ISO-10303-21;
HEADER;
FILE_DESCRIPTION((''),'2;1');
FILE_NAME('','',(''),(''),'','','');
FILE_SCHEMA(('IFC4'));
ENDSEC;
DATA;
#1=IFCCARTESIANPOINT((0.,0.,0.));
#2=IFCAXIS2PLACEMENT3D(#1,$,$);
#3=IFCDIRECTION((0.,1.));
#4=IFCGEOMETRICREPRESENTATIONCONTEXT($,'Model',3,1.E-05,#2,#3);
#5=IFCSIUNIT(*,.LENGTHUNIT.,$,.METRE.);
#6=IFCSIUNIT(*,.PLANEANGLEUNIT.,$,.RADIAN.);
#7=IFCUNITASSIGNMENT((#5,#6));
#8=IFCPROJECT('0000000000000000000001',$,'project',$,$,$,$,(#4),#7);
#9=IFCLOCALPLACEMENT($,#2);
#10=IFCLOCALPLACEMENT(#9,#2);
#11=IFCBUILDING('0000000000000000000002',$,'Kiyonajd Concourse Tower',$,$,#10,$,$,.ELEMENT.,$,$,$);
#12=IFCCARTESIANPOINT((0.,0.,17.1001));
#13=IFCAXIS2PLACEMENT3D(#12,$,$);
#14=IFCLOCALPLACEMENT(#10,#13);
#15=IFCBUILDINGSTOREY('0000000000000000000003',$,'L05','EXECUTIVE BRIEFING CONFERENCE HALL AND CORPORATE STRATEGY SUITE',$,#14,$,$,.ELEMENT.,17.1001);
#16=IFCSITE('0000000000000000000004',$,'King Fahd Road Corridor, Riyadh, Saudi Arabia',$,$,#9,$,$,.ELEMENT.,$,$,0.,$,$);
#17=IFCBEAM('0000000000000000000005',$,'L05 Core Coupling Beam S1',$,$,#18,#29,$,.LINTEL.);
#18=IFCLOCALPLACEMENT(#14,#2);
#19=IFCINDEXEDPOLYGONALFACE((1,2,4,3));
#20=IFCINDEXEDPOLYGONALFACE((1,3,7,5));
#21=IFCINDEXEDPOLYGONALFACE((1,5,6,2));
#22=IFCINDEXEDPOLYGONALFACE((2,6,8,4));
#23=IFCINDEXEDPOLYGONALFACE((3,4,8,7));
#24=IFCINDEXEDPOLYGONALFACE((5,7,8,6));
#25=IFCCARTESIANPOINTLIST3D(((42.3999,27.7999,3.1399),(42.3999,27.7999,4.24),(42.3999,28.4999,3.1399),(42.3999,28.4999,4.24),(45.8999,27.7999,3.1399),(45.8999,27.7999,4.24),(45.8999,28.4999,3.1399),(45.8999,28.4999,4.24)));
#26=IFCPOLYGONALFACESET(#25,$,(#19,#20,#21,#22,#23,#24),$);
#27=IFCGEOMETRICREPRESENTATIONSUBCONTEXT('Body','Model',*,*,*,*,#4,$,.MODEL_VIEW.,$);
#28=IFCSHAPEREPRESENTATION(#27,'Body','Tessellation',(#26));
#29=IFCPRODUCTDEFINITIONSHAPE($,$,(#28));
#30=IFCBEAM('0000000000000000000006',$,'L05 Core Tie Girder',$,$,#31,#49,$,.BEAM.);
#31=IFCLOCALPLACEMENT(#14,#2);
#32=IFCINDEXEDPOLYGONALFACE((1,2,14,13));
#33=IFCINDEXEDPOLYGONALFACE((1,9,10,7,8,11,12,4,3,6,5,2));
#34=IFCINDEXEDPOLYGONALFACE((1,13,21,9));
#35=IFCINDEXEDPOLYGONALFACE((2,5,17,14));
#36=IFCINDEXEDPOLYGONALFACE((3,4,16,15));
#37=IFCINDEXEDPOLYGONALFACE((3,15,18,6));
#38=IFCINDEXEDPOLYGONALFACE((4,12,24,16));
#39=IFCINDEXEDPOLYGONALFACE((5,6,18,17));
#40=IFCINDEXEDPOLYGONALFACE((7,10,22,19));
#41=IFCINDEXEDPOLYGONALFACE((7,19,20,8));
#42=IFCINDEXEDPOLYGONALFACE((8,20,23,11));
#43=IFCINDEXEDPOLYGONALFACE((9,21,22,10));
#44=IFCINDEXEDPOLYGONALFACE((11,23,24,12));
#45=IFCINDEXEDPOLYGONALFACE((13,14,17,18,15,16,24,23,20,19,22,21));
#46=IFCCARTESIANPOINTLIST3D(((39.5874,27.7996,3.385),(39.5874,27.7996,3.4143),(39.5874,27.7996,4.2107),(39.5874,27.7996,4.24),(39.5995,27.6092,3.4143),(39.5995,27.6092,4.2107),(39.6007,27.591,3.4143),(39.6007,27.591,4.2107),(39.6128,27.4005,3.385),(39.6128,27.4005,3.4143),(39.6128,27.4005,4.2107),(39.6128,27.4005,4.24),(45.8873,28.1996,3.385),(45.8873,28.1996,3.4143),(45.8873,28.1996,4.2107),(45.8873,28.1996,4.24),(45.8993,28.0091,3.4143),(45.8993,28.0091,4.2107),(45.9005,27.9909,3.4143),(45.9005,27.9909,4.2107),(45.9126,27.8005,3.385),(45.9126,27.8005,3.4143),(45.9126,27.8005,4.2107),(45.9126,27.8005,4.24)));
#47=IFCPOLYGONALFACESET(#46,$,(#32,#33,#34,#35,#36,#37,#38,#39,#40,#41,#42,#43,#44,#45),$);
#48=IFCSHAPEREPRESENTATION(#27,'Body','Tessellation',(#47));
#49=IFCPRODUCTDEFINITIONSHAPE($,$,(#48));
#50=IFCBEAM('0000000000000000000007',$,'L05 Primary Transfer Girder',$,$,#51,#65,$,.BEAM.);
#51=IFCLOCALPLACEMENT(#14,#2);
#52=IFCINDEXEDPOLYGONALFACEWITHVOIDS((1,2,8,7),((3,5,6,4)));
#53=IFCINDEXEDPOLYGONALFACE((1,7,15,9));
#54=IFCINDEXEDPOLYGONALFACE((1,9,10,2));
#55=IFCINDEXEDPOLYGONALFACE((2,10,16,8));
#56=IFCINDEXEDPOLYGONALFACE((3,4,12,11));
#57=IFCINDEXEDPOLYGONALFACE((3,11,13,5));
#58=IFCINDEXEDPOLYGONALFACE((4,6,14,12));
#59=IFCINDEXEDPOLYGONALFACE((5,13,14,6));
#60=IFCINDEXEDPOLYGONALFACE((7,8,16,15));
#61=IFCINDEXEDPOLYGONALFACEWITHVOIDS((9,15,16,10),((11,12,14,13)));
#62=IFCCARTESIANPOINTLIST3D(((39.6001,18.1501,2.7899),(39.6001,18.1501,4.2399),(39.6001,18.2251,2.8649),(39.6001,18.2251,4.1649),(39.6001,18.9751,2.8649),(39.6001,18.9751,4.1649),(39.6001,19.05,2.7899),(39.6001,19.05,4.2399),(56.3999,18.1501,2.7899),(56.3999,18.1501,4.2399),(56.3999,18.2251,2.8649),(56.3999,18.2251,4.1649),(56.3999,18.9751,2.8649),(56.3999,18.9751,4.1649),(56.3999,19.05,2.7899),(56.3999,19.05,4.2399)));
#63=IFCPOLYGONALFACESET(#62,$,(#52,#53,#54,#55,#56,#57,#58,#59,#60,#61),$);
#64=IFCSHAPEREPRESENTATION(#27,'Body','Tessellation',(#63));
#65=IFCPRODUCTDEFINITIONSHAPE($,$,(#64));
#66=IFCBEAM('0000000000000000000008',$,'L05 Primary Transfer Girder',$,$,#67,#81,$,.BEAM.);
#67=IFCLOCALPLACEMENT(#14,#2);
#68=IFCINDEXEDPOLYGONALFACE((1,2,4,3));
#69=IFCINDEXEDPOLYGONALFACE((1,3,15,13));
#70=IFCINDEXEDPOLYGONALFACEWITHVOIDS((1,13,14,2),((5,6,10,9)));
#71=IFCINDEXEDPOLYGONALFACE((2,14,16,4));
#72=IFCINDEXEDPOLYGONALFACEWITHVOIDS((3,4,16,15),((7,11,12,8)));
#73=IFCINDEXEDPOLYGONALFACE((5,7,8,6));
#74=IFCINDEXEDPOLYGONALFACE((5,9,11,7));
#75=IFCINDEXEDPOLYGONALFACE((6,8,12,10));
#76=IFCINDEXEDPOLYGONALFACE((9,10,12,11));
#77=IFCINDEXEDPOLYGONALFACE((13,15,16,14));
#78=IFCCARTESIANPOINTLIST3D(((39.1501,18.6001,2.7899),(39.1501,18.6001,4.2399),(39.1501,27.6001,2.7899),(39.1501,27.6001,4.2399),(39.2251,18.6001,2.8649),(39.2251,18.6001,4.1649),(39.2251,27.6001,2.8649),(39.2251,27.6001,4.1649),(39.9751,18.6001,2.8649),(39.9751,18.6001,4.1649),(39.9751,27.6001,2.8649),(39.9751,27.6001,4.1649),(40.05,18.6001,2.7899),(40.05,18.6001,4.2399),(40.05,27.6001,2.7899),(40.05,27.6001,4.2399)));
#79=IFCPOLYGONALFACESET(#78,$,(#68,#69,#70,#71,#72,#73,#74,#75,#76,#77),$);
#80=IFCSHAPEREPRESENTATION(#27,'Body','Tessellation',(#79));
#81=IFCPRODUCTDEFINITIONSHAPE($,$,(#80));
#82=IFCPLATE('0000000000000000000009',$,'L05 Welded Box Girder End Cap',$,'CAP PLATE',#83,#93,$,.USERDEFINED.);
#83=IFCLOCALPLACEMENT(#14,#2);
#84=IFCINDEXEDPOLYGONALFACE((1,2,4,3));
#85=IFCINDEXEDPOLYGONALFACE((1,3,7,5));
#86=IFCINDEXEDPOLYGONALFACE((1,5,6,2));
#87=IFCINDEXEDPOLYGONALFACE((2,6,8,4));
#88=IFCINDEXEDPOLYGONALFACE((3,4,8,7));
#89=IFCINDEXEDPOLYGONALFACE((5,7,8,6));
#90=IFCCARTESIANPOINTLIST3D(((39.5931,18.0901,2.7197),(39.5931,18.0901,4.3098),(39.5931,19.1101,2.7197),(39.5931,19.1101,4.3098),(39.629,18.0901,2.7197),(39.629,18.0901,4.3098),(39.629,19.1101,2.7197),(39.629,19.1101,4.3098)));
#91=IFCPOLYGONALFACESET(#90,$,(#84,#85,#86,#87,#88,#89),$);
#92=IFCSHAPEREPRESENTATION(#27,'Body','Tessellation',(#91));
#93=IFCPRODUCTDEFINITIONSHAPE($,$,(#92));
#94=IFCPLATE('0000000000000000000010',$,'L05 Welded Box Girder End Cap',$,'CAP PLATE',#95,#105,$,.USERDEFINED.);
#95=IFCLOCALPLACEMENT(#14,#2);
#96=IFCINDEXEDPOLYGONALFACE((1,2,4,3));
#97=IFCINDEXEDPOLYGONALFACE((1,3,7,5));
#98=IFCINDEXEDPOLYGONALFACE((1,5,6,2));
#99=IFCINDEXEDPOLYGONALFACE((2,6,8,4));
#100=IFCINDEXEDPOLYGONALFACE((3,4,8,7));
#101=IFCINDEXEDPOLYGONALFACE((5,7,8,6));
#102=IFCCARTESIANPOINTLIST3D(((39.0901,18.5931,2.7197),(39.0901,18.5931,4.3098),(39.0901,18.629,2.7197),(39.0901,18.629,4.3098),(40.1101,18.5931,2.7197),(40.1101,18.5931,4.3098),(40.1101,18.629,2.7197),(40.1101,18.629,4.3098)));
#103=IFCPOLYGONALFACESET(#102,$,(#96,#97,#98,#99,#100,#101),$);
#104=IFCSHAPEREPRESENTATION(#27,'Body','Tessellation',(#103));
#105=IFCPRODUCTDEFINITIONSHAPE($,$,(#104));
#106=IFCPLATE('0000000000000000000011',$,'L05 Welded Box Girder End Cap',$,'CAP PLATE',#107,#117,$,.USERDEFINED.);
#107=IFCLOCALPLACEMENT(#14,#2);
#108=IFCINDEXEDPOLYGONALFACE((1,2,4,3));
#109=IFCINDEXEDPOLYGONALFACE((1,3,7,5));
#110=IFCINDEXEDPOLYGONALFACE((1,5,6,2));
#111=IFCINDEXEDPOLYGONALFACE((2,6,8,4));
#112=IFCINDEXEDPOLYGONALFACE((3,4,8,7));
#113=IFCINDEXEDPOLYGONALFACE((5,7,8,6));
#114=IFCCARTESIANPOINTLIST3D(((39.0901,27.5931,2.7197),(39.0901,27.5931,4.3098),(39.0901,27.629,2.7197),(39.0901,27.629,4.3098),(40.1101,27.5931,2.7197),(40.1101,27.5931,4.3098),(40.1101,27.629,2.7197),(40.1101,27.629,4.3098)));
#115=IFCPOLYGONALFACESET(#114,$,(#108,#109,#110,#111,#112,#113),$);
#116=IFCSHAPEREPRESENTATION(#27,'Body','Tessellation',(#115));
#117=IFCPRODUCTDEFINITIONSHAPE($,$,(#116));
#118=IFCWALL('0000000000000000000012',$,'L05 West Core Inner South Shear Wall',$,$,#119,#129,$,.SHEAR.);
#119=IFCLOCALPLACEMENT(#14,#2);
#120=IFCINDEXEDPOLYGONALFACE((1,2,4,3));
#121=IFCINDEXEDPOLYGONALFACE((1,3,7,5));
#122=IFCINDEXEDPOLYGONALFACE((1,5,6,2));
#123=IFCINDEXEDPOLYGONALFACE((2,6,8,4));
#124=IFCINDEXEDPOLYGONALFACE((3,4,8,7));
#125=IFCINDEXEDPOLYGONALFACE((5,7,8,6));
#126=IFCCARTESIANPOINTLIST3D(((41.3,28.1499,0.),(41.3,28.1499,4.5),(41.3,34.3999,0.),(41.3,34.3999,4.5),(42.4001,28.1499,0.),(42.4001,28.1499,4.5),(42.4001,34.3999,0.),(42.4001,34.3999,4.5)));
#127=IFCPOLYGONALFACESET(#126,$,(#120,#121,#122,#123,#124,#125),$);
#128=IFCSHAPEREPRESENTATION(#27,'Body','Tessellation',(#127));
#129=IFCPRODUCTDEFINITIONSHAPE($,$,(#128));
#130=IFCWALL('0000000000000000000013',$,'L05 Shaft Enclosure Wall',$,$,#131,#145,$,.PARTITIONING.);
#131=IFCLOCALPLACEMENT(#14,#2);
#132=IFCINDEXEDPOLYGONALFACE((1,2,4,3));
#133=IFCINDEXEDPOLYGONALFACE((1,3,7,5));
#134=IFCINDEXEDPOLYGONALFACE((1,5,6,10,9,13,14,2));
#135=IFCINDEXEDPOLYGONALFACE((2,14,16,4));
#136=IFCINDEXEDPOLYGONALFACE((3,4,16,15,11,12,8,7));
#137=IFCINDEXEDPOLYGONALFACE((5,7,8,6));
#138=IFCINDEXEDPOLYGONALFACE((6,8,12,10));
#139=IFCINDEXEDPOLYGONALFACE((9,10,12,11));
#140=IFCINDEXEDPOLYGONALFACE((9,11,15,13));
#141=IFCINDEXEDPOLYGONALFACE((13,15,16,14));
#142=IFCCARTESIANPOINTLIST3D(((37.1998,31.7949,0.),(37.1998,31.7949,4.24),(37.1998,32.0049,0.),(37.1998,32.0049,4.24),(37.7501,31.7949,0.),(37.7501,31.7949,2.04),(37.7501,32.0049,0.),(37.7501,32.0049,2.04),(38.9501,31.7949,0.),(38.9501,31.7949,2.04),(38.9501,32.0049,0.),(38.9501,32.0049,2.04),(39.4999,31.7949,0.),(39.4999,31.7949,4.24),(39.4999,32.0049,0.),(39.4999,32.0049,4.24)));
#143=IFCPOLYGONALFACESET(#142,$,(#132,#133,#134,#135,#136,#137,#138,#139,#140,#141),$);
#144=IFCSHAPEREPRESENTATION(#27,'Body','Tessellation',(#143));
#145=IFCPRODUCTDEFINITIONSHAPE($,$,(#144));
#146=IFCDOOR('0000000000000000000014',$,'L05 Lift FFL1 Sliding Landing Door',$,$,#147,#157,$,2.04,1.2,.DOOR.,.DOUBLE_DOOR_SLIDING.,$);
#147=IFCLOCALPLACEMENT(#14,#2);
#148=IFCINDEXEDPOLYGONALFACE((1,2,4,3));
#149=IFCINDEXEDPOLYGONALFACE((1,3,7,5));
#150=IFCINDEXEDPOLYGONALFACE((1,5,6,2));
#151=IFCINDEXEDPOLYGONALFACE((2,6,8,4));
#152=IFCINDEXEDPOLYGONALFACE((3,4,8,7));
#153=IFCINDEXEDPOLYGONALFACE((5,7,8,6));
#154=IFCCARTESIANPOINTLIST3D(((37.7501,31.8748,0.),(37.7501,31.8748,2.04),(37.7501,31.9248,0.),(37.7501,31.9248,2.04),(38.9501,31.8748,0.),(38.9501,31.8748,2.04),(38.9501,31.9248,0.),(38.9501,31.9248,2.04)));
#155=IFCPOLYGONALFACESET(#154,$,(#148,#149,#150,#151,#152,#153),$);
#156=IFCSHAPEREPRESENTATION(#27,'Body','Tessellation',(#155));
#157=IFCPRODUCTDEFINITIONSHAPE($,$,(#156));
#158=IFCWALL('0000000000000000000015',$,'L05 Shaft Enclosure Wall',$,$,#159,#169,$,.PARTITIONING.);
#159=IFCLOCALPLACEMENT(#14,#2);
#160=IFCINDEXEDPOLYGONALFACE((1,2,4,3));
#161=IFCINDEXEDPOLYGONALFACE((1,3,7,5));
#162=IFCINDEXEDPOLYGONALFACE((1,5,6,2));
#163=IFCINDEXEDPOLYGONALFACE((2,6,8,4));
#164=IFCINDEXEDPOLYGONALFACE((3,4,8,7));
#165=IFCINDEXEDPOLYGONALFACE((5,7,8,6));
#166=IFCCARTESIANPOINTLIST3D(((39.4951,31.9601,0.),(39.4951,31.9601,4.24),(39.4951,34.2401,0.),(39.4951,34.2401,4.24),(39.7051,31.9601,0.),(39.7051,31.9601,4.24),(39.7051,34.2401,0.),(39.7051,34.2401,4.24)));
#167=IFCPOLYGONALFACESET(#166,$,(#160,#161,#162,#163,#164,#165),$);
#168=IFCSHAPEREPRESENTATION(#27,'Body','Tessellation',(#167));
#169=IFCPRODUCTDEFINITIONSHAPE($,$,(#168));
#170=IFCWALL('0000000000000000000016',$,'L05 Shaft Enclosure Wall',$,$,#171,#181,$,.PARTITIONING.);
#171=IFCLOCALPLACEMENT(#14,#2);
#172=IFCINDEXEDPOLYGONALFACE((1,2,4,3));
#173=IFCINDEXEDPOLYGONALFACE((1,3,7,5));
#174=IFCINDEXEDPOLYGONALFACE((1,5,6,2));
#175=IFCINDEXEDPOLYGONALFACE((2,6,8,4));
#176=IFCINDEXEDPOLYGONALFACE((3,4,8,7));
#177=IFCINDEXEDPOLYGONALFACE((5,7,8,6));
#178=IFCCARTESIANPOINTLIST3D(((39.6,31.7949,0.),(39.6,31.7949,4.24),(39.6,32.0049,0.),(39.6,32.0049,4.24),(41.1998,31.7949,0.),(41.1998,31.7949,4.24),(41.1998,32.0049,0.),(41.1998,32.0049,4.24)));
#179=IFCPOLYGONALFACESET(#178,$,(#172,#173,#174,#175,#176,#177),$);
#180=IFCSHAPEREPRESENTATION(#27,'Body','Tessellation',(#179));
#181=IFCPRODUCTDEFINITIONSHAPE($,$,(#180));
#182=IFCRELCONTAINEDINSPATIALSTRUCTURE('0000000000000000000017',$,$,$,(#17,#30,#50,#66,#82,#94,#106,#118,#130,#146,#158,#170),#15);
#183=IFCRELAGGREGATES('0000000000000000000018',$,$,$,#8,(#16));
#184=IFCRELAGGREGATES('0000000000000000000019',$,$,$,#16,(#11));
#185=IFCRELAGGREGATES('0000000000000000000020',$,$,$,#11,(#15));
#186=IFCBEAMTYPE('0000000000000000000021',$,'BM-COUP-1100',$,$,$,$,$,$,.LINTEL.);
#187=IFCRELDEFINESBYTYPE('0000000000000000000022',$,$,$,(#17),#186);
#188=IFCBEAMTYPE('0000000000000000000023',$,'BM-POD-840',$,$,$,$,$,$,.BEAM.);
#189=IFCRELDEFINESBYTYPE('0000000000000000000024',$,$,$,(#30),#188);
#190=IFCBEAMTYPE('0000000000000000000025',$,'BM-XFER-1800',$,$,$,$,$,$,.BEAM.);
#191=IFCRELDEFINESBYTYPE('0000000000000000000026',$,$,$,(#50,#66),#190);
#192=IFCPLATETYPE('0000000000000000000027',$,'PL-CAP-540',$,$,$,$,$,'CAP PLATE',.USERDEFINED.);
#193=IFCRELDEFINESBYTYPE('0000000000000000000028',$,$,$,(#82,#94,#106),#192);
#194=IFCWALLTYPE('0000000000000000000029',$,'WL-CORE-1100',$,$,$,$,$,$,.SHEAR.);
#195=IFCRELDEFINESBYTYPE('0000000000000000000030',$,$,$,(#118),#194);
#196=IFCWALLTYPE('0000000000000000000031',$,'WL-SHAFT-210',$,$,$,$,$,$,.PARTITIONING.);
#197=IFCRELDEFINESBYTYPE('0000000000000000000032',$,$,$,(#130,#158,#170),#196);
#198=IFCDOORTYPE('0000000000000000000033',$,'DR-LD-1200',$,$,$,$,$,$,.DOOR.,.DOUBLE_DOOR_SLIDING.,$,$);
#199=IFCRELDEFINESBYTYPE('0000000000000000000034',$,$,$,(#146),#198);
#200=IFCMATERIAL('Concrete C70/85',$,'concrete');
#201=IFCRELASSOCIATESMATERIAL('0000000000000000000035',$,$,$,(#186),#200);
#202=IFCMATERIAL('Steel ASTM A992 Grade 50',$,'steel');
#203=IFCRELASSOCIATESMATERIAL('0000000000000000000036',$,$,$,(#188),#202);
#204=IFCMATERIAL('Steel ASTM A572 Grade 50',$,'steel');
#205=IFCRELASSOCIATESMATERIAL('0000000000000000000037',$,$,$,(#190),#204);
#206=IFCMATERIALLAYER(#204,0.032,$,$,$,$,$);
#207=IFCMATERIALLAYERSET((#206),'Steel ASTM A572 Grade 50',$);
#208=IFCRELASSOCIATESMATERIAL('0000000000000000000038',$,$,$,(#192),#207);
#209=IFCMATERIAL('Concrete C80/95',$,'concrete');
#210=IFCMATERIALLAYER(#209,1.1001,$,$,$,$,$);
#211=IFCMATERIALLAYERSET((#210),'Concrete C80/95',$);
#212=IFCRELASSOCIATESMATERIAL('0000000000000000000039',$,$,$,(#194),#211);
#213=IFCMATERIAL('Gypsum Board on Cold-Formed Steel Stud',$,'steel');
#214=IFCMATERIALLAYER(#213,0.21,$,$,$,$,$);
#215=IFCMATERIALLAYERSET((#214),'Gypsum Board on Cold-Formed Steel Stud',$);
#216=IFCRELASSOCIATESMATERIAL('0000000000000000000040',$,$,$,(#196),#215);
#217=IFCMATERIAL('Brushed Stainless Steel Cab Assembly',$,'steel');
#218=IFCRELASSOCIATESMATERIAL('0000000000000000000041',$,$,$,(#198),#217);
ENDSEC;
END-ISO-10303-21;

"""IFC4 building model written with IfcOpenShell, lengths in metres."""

from ifc_helpers import new_model, si_unit, direction, frame, frame_2d, origin, origin_2d, place, context, subcontext, project, spatial, rectangle, hollow_rectangle, i_section, extrude, material, layer, layer_set, material_profile, profile_set, type_object, element, fill, save


model = new_model("IFC4")

# Units and contexts
model_context = context("Model", 3, precision=1e-05, world=origin(), true_north=direction((0.0, 1.0)))
body_context = subcontext(model_context, "Body", "Model", "MODEL_VIEW")
ifc_project = project(units=[si_unit("LENGTHUNIT", "METRE"), si_unit("PLANEANGLEUNIT", "RADIAN")], contexts=[model_context])

# Site, building, storey
site_placement = place(None, origin())
site = spatial("IfcSite", under=ifc_project, at=site_placement, Name="King Fahd Road Corridor, Riyadh, Saudi Arabia", CompositionType="ELEMENT", RefElevation=0.0)
building_placement = place(site_placement, origin())
building = spatial("IfcBuilding", under=site, at=building_placement, Name="Kiyonajd Concourse Tower", CompositionType="ELEMENT")
storey_placement = place(building_placement, frame((0.0, 0.0, 17.1001)))
storey = spatial("IfcBuildingStorey", under=building, at=storey_placement, Name="L05", Description="EXECUTIVE BRIEFING CONFERENCE HALL AND CORPORATE STRATEGY SUITE", CompositionType="ELEMENT", Elevation=17.1001)

# Beams
ifc_material_1 = material(Name="Concrete C70/85", Category="concrete")
ifc_material_profile_1 = material_profile(ifc_material_1, rectangle(XDim=0.7, YDim=1.1001, at=origin_2d()), Name="RCBM-700x1100")
ifc_profile_set_1 = profile_set([ifc_material_profile_1], Name="Concrete C70/85")
beam_type_1 = type_object("IfcBeamType", Name="BM-COUP-1100", PredefinedType="LINTEL", material=ifc_profile_set_1)
beam_1_placement = place(storey_placement, frame((42.3999, 28.1499, 3.6899), z_axis=(1.0, 0.0, 0.0), x_axis=(0.0, 1.0, 0.0)))
element("IfcBeam", 1, at=beam_1_placement, inside=storey, type_object=beam_type_1, Name="L05 Core Coupling Beam S1", PredefinedType="LINTEL", context=body_context, shape_type="SweptSolid", body=[
    extrude(rectangle(XDim=0.7, YDim=1.1001, at=origin_2d()), origin(), (0.0, 0.0, 1.0), 3.5),
])
ifc_material_2 = material(Name="Steel ASTM A992 Grade 50", Category="steel")
ifc_material_profile_2 = material_profile(ifc_material_2, i_section(OverallWidth=0.3999, OverallDepth=0.855, WebThickness=0.0183, FlangeThickness=0.0293, at=origin_2d()), Name="W840X299")
ifc_profile_set_2 = profile_set([ifc_material_profile_2], Name="Steel ASTM A992 Grade 50")
beam_type_2 = type_object("IfcBeamType", Name="BM-POD-840", PredefinedType="BEAM", material=ifc_profile_set_2)
beam_2_placement = place(storey_placement, frame((39.6001, 27.6001, 3.8125), z_axis=(0.997991, 0.063351, 0.0), x_axis=(-0.063351, 0.997991, 0.0)))
element("IfcBeam", 2, at=beam_2_placement, inside=storey, type_object=beam_type_2, Name="L05 Core Tie Girder", PredefinedType="BEAM", context=body_context, shape_type="SweptSolid", body=[
    extrude(i_section(OverallWidth=0.3999, OverallDepth=0.855, WebThickness=0.0183, FlangeThickness=0.0293, at=origin_2d()), origin(), (0.0, 0.0, 1.0), 6.3125),
])
ifc_material_3 = material(Name="Steel ASTM A572 Grade 50", Category="steel")
ifc_material_profile_3 = material_profile(ifc_material_3, hollow_rectangle(XDim=0.8999, YDim=1.45, WallThickness=0.075, at=origin_2d()), Name="BOX-1450x900x75")
ifc_profile_set_3 = profile_set([ifc_material_profile_3], Name="Steel ASTM A572 Grade 50")
beam_type_3 = type_object("IfcBeamType", Name="BM-XFER-1800", PredefinedType="BEAM", material=ifc_profile_set_3)
beam_3_placement = place(storey_placement, frame((39.6001, 18.6001, 3.5149), z_axis=(1.0, 0.0, 0.0), x_axis=(0.0, 1.0, 0.0)))
element("IfcBeam", 3, at=beam_3_placement, inside=storey, type_object=beam_type_3, Name="L05 Primary Transfer Girder", PredefinedType="BEAM", context=body_context, shape_type="SweptSolid", body=[
    extrude(hollow_rectangle(XDim=0.8999, YDim=1.45, WallThickness=0.075, at=origin_2d()), origin(), (0.0, 0.0, 1.0), 16.7998),
])
beam_4_placement = place(storey_placement, frame((39.6001, 18.6001, 3.5149), z_axis=(0.0, 1.0, 0.0), x_axis=(-1.0, 0.0, 0.0)))
element("IfcBeam", 4, at=beam_4_placement, inside=storey, type_object=beam_type_3, Name="L05 Primary Transfer Girder", PredefinedType="BEAM", context=body_context, shape_type="SweptSolid", body=[
    extrude(hollow_rectangle(XDim=0.8999, YDim=1.45, WallThickness=0.075, at=origin_2d()), origin(), (0.0, 0.0, 1.0), 9.0),
])

# Plates
ifc_layer_1 = layer(ifc_material_3, 0.032)
ifc_layer_set_1 = layer_set([ifc_layer_1], Name="Steel ASTM A572 Grade 50")
plate_type = type_object("IfcPlateType", Name="PL-CAP-540", ElementType="CAP PLATE", PredefinedType="USERDEFINED", material=ifc_layer_set_1)
for number, where, z_axis, x_axis, name in (
    (5, (39.6111, 18.6001, 2.7197), (0.0, 0.0, 1.0), (1.0, 0.0, 0.0), "L05 Welded Box Girder End Cap"),
    (6, (39.6001, 18.6111, 2.7197), (0.0, 0.0, 1.0), (0.0, 1.0, 0.0), "L05 Welded Box Girder End Cap"),
    (7, (39.6001, 27.6111, 2.7197), (0.0, 0.0, 1.0), (0.0, 1.0, 0.0), "L05 Welded Box Girder End Cap"),
):
    element("IfcPlate", number, at=place(storey_placement, frame(where, z_axis=z_axis, x_axis=x_axis)), inside=storey, type_object=plate_type, Name=name, ObjectType="CAP PLATE", PredefinedType="USERDEFINED", context=body_context, shape_type="SweptSolid", body=[
        extrude(rectangle(XDim=0.0359, YDim=1.02, at=origin_2d()), origin(), (0.0, 0.0, 1.0), 1.5901),
    ])

# Wall
ifc_material_4 = material(Name="Concrete C80/95", Category="concrete")
ifc_layer_2 = layer(ifc_material_4, 1.1001)
ifc_layer_set_2 = layer_set([ifc_layer_2], Name="Concrete C80/95")
wall_type_1 = type_object("IfcWallType", Name="WL-CORE-1100", PredefinedType="SHEAR", material=ifc_layer_set_2)
wall_1_placement = place(storey_placement, frame((41.8501, 28.1499, 0.0), z_axis=(0.0, 0.0, 1.0), x_axis=(0.0, 1.0, 0.0)))
element("IfcWall", 8, at=wall_1_placement, inside=storey, type_object=wall_type_1, Name="L05 West Core Inner South Shear Wall", PredefinedType="SHEAR", context=body_context, shape_type="SweptSolid", body=[
    extrude(rectangle(XDim=6.25, YDim=1.1001, at=frame_2d((3.125, 0.0))), origin(), (0.0, 0.0, 1.0), 4.5),
])

# Wall, opening, door
ifc_material_5 = material(Name="Gypsum Board on Cold-Formed Steel Stud", Category="steel")
ifc_layer_3 = layer(ifc_material_5, 0.21)
ifc_layer_set_3 = layer_set([ifc_layer_3], Name="Gypsum Board on Cold-Formed Steel Stud")
wall_type_2 = type_object("IfcWallType", Name="WL-SHAFT-210", PredefinedType="PARTITIONING", material=ifc_layer_set_3)
wall_2_placement = place(storey_placement, frame((37.2, 31.8999, 0.0), z_axis=(0.0, 0.0, 1.0), x_axis=(1.0, 0.0, 0.0)))
wall_2 = element("IfcWall", 9, at=wall_2_placement, inside=storey, type_object=wall_type_2, Name="L05 Shaft Enclosure Wall", PredefinedType="PARTITIONING", context=body_context, shape_type="SweptSolid", body=[
    extrude(rectangle(XDim=2.3, YDim=0.21, at=frame_2d((1.1499, 0.0))), origin(), (0.0, 0.0, 1.0), 4.24),
])
opening_1_placement = place(wall_2_placement, frame((0.55, 0.0, 0.0)))
opening_1 = element("IfcOpeningElement", 10, at=opening_1_placement, cuts=wall_2, PredefinedType="OPENING", context=body_context, shape_type="SweptSolid", body=[
    extrude(rectangle(XDim=1.2, YDim=2.04, at=frame_2d((0.6001, 1.02))), frame((0.0, 0.115, 0.0), z_axis=(0.0, -1.0, 0.0), x_axis=(1.0, 0.0, 0.0)), (0.0, 0.0, 1.0), 0.23),
])
ifc_material_6 = material(Name="Brushed Stainless Steel Cab Assembly", Category="steel")
door_type_1 = type_object("IfcDoorType", Name="DR-LD-1200", OperationType="DOUBLE_DOOR_SLIDING", PredefinedType="DOOR", material=ifc_material_6)
door_1_placement = place(opening_1_placement, origin())
door_1 = element("IfcDoor", 11, at=door_1_placement, inside=storey, type_object=door_type_1, Name="L05 Lift FFL1 Sliding Landing Door", OperationType="DOUBLE_DOOR_SLIDING", OverallHeight=2.04, OverallWidth=1.2, PredefinedType="DOOR", context=body_context, shape_type="SweptSolid", body=[
    extrude(rectangle(XDim=1.2, YDim=2.04, at=frame_2d((0.6001, 1.02))), frame((0.0, 0.0249, 0.0), z_axis=(0.0, -1.0, 0.0), x_axis=(1.0, 0.0, 0.0)), (0.0, 0.0, 1.0), 0.05),
])
fill(opening_1, door_1)

# Walls
wall_3_placement = place(storey_placement, frame((39.6001, 31.96, 0.0), z_axis=(0.0, 0.0, 1.0), x_axis=(0.0, 1.0, 0.0)))
element("IfcWall", 12, at=wall_3_placement, inside=storey, type_object=wall_type_2, Name="L05 Shaft Enclosure Wall", PredefinedType="PARTITIONING", context=body_context, shape_type="SweptSolid", body=[
    extrude(rectangle(XDim=2.28, YDim=0.21, at=frame_2d((1.1401, 0.0))), origin(), (0.0, 0.0, 1.0), 4.24),
])
wall_4_placement = place(storey_placement, frame((39.6001, 31.8999, 0.0), z_axis=(0.0, 0.0, 1.0), x_axis=(1.0, 0.0, 0.0)))
element("IfcWall", 13, at=wall_4_placement, inside=storey, type_object=wall_type_2, Name="L05 Shaft Enclosure Wall", PredefinedType="PARTITIONING", context=body_context, shape_type="SweptSolid", body=[
    extrude(rectangle(XDim=1.5999, YDim=0.21, at=frame_2d((0.7998, 0.0))), origin(), (0.0, 0.0, 1.0), 4.24),
])

save(model, "model.ifc")
